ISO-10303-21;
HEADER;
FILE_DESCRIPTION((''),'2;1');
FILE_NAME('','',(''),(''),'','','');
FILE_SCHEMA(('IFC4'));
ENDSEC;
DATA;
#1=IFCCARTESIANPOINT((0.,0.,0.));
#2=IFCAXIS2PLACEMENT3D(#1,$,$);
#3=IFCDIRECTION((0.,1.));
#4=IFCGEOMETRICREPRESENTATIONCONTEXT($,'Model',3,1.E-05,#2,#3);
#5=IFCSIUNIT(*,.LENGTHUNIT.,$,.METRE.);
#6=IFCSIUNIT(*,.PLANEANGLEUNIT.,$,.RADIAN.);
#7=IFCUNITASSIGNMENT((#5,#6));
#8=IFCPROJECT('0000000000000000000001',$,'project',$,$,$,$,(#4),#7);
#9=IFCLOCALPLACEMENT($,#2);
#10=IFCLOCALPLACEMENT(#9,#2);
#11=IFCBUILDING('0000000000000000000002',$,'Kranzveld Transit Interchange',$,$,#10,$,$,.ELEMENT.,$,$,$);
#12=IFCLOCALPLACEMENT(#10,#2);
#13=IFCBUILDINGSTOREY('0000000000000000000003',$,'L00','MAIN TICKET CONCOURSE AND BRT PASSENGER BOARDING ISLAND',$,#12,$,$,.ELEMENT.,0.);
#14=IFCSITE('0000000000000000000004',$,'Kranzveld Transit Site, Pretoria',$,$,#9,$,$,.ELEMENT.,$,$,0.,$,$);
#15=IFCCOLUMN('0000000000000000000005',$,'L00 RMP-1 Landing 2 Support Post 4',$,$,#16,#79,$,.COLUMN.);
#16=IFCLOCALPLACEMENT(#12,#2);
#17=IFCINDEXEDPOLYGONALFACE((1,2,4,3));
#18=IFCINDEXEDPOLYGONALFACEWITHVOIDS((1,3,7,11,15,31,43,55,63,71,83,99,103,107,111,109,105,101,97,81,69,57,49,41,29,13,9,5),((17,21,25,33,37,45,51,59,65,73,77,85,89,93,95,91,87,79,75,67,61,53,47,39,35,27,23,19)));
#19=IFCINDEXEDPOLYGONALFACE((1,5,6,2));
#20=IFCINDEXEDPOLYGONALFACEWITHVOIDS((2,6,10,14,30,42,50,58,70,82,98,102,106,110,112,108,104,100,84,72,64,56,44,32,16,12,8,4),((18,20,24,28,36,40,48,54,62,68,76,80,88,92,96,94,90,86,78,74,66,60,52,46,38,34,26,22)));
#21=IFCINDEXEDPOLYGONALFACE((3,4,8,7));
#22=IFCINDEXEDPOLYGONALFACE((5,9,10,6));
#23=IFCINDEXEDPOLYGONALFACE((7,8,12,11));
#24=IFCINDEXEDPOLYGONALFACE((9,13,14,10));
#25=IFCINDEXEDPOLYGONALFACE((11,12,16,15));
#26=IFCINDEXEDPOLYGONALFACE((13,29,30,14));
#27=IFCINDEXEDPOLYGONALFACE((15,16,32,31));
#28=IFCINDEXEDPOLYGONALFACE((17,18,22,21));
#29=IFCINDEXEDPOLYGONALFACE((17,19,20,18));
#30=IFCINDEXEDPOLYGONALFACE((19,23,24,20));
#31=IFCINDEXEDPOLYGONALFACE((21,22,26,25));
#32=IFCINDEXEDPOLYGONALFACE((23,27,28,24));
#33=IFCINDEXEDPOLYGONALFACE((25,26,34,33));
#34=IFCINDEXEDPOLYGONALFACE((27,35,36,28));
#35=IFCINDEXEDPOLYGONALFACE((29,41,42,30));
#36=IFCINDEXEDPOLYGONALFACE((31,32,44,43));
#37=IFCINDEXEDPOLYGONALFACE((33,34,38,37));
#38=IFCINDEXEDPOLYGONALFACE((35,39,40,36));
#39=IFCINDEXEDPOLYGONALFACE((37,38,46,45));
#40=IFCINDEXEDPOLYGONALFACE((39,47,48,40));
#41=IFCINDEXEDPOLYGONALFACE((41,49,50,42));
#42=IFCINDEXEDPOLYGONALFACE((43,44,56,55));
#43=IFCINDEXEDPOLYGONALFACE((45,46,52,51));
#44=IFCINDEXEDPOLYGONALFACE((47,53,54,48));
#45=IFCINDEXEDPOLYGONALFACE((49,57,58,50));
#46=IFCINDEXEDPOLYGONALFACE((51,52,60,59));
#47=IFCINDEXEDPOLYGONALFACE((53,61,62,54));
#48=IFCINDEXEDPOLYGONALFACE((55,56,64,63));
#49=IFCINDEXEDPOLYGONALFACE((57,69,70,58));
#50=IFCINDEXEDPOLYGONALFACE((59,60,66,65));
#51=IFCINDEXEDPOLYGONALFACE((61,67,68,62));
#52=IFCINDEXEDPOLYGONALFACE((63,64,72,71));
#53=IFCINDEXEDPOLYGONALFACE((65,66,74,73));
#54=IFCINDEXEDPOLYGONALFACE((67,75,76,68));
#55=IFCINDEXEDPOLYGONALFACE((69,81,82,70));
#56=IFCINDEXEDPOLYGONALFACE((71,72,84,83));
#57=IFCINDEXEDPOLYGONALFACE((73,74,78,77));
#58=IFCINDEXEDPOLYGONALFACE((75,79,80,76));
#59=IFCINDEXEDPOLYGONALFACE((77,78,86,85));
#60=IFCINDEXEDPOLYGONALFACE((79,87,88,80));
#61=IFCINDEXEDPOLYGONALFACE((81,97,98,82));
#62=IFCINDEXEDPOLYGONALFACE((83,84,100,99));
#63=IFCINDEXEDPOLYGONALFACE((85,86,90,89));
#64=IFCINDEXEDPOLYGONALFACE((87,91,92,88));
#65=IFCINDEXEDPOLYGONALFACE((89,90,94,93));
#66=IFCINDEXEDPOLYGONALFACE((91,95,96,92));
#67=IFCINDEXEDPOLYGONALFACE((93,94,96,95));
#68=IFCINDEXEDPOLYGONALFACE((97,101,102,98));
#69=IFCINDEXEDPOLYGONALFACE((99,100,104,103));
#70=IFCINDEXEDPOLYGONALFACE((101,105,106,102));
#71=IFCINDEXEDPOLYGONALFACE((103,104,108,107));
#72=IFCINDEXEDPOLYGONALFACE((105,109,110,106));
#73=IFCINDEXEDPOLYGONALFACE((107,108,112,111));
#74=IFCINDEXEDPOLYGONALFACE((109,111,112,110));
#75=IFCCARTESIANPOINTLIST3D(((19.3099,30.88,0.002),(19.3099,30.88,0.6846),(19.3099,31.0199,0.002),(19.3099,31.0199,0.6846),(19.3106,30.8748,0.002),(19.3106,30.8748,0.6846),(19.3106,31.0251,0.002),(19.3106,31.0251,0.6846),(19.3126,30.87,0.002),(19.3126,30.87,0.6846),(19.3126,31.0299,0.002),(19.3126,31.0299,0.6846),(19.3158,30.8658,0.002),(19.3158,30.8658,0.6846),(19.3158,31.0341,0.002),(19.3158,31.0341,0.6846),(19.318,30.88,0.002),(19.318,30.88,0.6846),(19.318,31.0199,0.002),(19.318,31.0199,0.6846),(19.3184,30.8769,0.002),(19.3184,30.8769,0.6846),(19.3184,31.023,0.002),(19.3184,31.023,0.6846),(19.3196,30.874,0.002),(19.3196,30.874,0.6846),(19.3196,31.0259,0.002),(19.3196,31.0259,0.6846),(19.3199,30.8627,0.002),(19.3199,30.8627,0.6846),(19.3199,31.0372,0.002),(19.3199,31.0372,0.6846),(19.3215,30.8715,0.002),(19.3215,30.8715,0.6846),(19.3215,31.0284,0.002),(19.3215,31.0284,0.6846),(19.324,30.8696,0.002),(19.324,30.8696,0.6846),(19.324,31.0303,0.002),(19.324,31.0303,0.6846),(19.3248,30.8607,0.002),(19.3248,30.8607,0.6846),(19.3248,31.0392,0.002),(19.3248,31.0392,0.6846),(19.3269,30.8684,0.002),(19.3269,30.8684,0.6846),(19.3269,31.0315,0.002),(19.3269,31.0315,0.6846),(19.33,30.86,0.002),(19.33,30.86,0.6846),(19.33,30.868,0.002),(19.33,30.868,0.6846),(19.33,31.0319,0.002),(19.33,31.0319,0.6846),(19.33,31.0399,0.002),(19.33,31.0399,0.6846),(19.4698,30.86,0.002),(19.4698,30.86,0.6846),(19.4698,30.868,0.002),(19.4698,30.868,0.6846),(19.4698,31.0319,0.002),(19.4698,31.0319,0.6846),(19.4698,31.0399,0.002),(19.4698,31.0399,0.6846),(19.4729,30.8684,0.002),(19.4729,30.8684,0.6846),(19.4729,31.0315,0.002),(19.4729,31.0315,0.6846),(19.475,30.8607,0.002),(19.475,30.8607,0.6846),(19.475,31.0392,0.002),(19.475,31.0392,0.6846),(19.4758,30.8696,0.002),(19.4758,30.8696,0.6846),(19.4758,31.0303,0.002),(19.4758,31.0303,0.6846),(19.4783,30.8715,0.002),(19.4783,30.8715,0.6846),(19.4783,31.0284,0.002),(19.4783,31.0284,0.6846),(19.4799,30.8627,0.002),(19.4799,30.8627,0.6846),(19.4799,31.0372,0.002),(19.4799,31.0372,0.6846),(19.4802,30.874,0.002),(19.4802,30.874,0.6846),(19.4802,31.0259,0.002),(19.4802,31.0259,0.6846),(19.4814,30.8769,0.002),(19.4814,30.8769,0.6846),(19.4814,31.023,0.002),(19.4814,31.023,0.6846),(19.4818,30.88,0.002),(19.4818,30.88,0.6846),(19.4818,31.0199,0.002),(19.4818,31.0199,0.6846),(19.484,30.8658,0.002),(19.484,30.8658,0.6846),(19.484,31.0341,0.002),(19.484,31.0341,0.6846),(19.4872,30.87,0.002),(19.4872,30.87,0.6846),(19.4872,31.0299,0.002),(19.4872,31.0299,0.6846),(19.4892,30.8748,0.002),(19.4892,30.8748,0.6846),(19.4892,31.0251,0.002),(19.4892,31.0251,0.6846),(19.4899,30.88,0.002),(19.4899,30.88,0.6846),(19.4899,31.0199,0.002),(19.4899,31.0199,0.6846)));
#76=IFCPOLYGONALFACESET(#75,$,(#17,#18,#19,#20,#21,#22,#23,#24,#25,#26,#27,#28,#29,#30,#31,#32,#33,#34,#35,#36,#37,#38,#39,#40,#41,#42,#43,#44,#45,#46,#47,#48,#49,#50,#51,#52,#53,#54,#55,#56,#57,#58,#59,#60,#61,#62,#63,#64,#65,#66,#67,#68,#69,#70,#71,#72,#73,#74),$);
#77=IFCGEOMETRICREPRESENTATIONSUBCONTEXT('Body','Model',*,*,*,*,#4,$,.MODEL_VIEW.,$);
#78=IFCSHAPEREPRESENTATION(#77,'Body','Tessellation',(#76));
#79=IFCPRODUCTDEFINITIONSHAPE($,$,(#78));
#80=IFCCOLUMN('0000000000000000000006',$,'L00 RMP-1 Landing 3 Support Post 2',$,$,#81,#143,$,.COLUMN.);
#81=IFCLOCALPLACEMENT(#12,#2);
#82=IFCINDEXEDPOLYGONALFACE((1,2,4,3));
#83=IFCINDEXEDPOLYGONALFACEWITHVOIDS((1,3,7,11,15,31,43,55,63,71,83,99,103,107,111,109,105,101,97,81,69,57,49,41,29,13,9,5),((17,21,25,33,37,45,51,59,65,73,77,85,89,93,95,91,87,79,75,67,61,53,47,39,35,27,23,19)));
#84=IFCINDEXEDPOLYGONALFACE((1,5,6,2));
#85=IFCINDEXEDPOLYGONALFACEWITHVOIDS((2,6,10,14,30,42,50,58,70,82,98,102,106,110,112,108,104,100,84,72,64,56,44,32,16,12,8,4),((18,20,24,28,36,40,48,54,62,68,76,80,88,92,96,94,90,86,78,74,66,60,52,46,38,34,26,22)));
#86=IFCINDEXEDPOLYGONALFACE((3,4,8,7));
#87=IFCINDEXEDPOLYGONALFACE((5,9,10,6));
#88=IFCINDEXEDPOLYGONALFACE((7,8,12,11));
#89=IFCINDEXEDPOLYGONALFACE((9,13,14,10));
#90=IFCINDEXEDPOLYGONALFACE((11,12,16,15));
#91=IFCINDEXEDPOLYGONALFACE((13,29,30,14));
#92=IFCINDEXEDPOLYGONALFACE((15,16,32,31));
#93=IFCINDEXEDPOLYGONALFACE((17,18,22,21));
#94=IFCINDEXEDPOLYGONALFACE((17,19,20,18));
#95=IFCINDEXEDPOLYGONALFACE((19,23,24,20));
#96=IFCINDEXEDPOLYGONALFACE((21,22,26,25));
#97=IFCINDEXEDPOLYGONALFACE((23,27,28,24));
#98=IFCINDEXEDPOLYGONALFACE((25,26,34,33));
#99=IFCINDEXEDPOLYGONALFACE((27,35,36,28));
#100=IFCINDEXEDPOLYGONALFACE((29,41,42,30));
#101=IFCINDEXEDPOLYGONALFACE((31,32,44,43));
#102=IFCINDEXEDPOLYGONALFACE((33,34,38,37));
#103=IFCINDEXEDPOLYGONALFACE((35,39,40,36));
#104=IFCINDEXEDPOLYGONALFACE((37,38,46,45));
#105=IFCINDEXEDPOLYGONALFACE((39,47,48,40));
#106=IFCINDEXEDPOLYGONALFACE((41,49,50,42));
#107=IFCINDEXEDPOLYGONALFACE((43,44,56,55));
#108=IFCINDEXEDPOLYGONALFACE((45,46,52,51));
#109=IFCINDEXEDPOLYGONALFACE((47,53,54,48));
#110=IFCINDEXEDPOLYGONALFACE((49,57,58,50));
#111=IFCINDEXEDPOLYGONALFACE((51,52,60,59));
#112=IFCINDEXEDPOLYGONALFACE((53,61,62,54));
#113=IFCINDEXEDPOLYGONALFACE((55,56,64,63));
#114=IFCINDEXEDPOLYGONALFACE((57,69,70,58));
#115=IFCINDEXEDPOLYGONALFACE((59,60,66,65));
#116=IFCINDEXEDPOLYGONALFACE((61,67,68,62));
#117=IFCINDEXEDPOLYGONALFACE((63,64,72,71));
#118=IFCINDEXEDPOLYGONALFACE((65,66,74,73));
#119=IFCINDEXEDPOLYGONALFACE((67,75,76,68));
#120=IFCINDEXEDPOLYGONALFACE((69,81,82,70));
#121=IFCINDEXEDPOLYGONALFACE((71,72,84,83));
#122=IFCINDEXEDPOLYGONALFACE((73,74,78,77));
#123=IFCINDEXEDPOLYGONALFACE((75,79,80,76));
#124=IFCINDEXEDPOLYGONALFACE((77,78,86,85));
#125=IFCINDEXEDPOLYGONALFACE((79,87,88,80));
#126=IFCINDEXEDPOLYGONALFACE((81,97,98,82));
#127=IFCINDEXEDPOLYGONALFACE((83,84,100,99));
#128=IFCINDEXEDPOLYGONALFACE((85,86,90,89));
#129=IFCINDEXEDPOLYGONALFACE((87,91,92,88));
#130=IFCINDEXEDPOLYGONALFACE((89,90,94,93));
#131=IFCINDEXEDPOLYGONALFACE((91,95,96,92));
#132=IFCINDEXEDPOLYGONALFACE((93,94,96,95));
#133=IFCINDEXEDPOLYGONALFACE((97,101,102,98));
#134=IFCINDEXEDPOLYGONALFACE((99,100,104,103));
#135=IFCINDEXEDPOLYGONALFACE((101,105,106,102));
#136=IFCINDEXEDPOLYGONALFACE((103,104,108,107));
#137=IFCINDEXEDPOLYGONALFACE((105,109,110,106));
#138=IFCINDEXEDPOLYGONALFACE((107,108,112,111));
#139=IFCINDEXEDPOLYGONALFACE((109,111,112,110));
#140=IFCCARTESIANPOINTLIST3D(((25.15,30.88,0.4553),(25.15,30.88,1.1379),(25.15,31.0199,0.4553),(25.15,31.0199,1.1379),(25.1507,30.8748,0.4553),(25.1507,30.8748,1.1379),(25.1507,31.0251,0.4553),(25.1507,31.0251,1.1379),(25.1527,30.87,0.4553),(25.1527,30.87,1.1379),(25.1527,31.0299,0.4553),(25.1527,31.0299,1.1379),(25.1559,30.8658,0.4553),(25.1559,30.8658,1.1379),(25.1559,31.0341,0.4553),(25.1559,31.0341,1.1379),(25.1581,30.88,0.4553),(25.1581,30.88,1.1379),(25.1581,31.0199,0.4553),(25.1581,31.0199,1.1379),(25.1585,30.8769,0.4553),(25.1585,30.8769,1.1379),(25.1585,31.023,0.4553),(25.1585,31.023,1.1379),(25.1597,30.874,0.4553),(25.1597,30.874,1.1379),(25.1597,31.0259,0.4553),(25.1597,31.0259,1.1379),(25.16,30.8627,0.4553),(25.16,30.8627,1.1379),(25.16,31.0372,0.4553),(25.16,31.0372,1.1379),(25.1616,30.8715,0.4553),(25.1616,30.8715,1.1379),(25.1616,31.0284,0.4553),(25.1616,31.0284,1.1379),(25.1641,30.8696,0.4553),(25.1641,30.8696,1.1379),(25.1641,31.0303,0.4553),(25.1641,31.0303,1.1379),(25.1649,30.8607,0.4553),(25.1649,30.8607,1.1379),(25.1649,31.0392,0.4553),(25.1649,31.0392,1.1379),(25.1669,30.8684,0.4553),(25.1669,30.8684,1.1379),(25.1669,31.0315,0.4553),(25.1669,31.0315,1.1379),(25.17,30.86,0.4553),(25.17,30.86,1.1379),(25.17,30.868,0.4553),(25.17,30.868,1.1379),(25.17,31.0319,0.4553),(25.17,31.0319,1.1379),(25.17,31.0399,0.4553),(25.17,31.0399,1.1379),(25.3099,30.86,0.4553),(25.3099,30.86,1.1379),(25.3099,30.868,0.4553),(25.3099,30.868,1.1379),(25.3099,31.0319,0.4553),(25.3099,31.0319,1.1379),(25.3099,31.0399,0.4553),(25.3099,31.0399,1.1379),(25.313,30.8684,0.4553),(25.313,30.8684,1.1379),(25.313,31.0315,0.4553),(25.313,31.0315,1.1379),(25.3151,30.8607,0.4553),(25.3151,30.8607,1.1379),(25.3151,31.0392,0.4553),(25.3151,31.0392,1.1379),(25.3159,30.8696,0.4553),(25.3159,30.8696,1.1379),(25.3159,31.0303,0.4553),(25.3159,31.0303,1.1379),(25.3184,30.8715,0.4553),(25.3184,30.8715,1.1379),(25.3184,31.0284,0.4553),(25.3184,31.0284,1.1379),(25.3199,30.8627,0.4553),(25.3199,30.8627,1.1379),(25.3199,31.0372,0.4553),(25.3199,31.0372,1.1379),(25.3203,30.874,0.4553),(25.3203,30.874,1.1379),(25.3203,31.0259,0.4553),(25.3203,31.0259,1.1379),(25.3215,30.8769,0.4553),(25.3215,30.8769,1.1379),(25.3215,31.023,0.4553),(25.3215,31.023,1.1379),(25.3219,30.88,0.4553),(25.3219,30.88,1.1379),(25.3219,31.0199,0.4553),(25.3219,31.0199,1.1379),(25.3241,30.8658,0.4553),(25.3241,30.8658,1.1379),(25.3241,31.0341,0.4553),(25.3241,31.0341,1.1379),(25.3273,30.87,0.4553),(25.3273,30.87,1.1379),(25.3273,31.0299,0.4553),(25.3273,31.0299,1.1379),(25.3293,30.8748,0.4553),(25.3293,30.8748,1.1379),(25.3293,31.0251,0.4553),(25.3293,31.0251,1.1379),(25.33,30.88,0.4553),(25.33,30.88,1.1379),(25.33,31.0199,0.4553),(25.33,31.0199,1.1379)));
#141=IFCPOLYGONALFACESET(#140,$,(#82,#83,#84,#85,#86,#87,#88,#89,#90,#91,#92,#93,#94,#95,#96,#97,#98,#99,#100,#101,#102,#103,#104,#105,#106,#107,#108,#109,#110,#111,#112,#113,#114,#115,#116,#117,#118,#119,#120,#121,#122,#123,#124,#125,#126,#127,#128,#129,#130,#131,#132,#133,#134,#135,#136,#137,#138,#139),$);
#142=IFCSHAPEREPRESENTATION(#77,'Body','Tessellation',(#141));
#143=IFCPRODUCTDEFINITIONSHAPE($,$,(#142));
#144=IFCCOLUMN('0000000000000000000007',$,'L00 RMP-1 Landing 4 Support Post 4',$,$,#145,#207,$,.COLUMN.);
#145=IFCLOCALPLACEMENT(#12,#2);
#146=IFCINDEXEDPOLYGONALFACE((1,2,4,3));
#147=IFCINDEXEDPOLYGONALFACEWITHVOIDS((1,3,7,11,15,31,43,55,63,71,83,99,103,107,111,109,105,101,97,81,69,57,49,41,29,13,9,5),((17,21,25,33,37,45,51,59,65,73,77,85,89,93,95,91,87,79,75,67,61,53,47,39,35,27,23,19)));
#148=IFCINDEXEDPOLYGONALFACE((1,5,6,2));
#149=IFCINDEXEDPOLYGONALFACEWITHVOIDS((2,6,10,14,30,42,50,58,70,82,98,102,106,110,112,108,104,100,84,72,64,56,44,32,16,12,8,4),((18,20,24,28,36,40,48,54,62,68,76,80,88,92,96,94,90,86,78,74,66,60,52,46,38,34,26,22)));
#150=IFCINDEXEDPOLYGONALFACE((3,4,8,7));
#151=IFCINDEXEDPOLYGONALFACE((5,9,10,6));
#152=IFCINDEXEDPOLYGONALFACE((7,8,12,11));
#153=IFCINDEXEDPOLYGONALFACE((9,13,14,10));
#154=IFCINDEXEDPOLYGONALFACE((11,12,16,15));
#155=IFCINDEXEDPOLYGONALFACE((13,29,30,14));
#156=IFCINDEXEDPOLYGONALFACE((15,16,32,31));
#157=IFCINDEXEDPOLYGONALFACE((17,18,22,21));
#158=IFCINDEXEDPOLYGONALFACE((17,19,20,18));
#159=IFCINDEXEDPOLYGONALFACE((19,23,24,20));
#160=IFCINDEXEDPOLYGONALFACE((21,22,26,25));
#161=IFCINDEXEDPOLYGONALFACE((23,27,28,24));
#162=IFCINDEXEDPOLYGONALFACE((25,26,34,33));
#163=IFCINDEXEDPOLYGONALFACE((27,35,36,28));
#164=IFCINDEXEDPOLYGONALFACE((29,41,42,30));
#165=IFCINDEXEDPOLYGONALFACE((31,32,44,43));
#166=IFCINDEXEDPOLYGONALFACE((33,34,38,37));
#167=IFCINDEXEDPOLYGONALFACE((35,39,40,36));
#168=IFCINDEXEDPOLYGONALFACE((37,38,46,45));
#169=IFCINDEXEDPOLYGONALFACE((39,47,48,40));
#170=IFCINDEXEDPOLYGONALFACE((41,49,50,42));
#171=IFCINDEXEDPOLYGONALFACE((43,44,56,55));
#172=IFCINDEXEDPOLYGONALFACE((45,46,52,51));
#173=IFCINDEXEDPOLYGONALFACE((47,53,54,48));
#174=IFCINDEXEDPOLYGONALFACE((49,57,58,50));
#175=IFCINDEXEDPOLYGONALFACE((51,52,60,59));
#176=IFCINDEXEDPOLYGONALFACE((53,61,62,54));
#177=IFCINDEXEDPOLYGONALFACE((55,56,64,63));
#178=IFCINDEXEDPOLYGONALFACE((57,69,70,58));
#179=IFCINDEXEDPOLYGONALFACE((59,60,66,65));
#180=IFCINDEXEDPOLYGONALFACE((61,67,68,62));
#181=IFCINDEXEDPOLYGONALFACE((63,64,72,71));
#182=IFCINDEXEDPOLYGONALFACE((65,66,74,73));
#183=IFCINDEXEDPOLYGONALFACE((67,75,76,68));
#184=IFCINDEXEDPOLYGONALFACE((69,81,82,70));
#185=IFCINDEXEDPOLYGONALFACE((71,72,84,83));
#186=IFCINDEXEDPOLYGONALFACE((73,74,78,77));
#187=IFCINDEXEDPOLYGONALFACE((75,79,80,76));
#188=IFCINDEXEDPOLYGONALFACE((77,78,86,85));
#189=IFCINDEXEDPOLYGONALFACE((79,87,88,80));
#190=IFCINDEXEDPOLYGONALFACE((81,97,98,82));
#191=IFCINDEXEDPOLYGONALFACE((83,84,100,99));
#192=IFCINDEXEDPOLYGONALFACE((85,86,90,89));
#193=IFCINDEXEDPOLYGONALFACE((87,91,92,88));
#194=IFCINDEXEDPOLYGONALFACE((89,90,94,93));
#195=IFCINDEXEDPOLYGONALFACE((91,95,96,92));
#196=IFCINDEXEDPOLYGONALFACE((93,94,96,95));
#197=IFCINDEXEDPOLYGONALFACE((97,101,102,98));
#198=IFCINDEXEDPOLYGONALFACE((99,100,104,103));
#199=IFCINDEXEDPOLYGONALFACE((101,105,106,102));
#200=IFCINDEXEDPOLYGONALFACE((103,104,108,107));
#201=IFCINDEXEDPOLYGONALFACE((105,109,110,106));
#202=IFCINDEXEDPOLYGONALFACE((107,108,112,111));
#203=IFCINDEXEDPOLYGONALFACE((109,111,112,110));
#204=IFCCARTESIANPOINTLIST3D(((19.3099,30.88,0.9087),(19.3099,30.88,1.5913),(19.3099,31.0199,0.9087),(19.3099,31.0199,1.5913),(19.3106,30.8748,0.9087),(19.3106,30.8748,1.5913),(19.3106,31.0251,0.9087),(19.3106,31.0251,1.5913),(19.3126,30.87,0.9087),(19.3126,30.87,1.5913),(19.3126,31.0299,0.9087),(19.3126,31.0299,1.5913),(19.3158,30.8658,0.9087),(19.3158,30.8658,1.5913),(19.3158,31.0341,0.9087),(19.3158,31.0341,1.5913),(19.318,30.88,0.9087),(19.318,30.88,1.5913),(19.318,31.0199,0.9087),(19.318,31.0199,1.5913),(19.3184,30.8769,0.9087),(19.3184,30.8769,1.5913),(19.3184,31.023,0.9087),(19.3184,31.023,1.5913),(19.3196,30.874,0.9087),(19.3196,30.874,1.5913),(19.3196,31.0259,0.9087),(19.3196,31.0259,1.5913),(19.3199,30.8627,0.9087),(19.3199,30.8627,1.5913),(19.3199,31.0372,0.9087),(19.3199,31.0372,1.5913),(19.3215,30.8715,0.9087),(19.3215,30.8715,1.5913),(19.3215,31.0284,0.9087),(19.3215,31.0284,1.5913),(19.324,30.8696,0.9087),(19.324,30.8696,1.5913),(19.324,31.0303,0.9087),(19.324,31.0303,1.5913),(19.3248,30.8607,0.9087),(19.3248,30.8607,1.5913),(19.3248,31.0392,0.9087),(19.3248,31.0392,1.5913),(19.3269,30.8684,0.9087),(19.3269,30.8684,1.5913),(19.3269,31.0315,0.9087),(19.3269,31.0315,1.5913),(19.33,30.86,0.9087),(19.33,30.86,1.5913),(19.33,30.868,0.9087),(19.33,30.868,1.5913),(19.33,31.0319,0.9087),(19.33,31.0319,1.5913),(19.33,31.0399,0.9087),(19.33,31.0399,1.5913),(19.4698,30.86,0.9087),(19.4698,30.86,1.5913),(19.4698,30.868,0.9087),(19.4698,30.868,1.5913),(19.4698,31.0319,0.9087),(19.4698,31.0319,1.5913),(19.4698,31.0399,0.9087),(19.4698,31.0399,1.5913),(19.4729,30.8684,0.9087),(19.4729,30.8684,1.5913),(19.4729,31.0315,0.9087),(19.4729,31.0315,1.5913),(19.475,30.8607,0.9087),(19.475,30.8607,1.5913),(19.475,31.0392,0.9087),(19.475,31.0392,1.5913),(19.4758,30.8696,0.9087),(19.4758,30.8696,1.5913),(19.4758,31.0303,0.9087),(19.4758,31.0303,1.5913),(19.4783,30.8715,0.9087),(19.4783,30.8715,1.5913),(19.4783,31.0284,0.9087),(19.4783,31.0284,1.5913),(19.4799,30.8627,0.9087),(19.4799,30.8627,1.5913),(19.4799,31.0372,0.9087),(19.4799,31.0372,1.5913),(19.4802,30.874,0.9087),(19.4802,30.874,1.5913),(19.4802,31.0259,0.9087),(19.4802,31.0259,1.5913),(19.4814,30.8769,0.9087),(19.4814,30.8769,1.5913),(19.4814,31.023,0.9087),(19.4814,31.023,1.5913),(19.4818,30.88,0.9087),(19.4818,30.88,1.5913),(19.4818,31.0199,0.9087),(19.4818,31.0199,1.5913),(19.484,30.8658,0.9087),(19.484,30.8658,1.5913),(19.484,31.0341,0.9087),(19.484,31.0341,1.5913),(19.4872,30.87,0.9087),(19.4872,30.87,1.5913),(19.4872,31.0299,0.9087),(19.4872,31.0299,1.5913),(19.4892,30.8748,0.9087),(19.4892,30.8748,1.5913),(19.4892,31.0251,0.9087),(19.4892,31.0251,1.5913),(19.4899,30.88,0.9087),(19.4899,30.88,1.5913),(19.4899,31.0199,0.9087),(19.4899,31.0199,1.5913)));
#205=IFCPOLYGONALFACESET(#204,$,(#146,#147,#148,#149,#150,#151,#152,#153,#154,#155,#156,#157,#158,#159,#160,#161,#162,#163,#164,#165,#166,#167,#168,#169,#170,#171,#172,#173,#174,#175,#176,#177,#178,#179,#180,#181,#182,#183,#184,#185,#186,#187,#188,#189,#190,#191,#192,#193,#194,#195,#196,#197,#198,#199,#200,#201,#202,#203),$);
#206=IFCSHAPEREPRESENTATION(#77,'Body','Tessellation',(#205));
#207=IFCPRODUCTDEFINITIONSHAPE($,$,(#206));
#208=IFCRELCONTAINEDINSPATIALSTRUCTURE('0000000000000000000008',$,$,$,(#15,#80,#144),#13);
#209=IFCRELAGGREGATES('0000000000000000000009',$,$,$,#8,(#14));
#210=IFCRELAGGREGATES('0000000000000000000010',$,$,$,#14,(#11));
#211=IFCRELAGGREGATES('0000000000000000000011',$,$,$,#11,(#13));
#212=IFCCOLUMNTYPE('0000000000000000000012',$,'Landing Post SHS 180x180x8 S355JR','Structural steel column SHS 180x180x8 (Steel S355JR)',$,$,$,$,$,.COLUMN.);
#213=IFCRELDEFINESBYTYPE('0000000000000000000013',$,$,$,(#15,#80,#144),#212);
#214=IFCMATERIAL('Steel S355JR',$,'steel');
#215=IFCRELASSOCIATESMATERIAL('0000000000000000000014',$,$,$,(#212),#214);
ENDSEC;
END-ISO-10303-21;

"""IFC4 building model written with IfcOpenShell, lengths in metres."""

from ifc_helpers import new_model, si_unit, direction, frame, origin, origin_2d, place, context, subcontext, project, spatial, hollow_rectangle, extrude, material, material_profile, profile_set, type_object, element, save


model = new_model("IFC4")

# Units and contexts
model_context = context("Model", 3, precision=1e-05, world=origin(), true_north=direction((0.0, 1.0)))
body_context = subcontext(model_context, "Body", "Model", "MODEL_VIEW")
ifc_project = project(units=[si_unit("LENGTHUNIT", "METRE"), si_unit("PLANEANGLEUNIT", "RADIAN")], contexts=[model_context])

# Site, building, storey
site_placement = place(None, origin())
site = spatial("IfcSite", under=ifc_project, at=site_placement, Name="Kranzveld Transit Site, Pretoria", CompositionType="ELEMENT", RefElevation=0.0)
building_placement = place(site_placement, origin())
building = spatial("IfcBuilding", under=site, at=building_placement, Name="Kranzveld Transit Interchange", CompositionType="ELEMENT")
storey_placement = place(building_placement, origin())
storey = spatial("IfcBuildingStorey", under=building, at=storey_placement, Name="L00", Description="MAIN TICKET CONCOURSE AND BRT PASSENGER BOARDING ISLAND", CompositionType="ELEMENT", Elevation=0.0)

# Columns
ifc_material_1 = material(Name="Steel S355JR", Category="steel")
ifc_material_profile_1 = material_profile(ifc_material_1, hollow_rectangle(XDim=0.1799, YDim=0.1799, WallThickness=0.0081, InnerFilletRadius=0.012, OuterFilletRadius=0.02, at=origin_2d()), Name="SHS 180x180x8")
ifc_profile_set_1 = profile_set([ifc_material_profile_1], Name="Steel S355JR")
column_type = type_object("IfcColumnType", Name="Landing Post SHS 180x180x8 S355JR", Description="Structural steel column SHS 180x180x8 (Steel S355JR)", PredefinedType="COLUMN", material=ifc_profile_set_1)
for number, where, z_axis, x_axis, name in (
    (1, (19.3999, 30.95, 0.002), (0.0, 0.0, 1.0), (1.0, 0.0, 0.0), "L00 RMP-1 Landing 2 Support Post 4"),
    (2, (25.24, 30.95, 0.4553), (0.0, 0.0, 1.0), (1.0, 0.0, 0.0), "L00 RMP-1 Landing 3 Support Post 2"),
    (3, (19.3999, 30.95, 0.9087), (0.0, 0.0, 1.0), (1.0, 0.0, 0.0), "L00 RMP-1 Landing 4 Support Post 4"),
):
    element("IfcColumn", number, at=place(storey_placement, frame(where, z_axis=z_axis, x_axis=x_axis)), inside=storey, type_object=column_type, Name=name, PredefinedType="COLUMN", context=body_context, shape_type="SweptSolid", body=[
        extrude(hollow_rectangle(XDim=0.1799, YDim=0.1799, WallThickness=0.0081, InnerFilletRadius=0.012, OuterFilletRadius=0.02, at=origin_2d()), origin(), (0.0, 0.0, 1.0), 0.6826),
    ])

save(model, "model.ifc")
